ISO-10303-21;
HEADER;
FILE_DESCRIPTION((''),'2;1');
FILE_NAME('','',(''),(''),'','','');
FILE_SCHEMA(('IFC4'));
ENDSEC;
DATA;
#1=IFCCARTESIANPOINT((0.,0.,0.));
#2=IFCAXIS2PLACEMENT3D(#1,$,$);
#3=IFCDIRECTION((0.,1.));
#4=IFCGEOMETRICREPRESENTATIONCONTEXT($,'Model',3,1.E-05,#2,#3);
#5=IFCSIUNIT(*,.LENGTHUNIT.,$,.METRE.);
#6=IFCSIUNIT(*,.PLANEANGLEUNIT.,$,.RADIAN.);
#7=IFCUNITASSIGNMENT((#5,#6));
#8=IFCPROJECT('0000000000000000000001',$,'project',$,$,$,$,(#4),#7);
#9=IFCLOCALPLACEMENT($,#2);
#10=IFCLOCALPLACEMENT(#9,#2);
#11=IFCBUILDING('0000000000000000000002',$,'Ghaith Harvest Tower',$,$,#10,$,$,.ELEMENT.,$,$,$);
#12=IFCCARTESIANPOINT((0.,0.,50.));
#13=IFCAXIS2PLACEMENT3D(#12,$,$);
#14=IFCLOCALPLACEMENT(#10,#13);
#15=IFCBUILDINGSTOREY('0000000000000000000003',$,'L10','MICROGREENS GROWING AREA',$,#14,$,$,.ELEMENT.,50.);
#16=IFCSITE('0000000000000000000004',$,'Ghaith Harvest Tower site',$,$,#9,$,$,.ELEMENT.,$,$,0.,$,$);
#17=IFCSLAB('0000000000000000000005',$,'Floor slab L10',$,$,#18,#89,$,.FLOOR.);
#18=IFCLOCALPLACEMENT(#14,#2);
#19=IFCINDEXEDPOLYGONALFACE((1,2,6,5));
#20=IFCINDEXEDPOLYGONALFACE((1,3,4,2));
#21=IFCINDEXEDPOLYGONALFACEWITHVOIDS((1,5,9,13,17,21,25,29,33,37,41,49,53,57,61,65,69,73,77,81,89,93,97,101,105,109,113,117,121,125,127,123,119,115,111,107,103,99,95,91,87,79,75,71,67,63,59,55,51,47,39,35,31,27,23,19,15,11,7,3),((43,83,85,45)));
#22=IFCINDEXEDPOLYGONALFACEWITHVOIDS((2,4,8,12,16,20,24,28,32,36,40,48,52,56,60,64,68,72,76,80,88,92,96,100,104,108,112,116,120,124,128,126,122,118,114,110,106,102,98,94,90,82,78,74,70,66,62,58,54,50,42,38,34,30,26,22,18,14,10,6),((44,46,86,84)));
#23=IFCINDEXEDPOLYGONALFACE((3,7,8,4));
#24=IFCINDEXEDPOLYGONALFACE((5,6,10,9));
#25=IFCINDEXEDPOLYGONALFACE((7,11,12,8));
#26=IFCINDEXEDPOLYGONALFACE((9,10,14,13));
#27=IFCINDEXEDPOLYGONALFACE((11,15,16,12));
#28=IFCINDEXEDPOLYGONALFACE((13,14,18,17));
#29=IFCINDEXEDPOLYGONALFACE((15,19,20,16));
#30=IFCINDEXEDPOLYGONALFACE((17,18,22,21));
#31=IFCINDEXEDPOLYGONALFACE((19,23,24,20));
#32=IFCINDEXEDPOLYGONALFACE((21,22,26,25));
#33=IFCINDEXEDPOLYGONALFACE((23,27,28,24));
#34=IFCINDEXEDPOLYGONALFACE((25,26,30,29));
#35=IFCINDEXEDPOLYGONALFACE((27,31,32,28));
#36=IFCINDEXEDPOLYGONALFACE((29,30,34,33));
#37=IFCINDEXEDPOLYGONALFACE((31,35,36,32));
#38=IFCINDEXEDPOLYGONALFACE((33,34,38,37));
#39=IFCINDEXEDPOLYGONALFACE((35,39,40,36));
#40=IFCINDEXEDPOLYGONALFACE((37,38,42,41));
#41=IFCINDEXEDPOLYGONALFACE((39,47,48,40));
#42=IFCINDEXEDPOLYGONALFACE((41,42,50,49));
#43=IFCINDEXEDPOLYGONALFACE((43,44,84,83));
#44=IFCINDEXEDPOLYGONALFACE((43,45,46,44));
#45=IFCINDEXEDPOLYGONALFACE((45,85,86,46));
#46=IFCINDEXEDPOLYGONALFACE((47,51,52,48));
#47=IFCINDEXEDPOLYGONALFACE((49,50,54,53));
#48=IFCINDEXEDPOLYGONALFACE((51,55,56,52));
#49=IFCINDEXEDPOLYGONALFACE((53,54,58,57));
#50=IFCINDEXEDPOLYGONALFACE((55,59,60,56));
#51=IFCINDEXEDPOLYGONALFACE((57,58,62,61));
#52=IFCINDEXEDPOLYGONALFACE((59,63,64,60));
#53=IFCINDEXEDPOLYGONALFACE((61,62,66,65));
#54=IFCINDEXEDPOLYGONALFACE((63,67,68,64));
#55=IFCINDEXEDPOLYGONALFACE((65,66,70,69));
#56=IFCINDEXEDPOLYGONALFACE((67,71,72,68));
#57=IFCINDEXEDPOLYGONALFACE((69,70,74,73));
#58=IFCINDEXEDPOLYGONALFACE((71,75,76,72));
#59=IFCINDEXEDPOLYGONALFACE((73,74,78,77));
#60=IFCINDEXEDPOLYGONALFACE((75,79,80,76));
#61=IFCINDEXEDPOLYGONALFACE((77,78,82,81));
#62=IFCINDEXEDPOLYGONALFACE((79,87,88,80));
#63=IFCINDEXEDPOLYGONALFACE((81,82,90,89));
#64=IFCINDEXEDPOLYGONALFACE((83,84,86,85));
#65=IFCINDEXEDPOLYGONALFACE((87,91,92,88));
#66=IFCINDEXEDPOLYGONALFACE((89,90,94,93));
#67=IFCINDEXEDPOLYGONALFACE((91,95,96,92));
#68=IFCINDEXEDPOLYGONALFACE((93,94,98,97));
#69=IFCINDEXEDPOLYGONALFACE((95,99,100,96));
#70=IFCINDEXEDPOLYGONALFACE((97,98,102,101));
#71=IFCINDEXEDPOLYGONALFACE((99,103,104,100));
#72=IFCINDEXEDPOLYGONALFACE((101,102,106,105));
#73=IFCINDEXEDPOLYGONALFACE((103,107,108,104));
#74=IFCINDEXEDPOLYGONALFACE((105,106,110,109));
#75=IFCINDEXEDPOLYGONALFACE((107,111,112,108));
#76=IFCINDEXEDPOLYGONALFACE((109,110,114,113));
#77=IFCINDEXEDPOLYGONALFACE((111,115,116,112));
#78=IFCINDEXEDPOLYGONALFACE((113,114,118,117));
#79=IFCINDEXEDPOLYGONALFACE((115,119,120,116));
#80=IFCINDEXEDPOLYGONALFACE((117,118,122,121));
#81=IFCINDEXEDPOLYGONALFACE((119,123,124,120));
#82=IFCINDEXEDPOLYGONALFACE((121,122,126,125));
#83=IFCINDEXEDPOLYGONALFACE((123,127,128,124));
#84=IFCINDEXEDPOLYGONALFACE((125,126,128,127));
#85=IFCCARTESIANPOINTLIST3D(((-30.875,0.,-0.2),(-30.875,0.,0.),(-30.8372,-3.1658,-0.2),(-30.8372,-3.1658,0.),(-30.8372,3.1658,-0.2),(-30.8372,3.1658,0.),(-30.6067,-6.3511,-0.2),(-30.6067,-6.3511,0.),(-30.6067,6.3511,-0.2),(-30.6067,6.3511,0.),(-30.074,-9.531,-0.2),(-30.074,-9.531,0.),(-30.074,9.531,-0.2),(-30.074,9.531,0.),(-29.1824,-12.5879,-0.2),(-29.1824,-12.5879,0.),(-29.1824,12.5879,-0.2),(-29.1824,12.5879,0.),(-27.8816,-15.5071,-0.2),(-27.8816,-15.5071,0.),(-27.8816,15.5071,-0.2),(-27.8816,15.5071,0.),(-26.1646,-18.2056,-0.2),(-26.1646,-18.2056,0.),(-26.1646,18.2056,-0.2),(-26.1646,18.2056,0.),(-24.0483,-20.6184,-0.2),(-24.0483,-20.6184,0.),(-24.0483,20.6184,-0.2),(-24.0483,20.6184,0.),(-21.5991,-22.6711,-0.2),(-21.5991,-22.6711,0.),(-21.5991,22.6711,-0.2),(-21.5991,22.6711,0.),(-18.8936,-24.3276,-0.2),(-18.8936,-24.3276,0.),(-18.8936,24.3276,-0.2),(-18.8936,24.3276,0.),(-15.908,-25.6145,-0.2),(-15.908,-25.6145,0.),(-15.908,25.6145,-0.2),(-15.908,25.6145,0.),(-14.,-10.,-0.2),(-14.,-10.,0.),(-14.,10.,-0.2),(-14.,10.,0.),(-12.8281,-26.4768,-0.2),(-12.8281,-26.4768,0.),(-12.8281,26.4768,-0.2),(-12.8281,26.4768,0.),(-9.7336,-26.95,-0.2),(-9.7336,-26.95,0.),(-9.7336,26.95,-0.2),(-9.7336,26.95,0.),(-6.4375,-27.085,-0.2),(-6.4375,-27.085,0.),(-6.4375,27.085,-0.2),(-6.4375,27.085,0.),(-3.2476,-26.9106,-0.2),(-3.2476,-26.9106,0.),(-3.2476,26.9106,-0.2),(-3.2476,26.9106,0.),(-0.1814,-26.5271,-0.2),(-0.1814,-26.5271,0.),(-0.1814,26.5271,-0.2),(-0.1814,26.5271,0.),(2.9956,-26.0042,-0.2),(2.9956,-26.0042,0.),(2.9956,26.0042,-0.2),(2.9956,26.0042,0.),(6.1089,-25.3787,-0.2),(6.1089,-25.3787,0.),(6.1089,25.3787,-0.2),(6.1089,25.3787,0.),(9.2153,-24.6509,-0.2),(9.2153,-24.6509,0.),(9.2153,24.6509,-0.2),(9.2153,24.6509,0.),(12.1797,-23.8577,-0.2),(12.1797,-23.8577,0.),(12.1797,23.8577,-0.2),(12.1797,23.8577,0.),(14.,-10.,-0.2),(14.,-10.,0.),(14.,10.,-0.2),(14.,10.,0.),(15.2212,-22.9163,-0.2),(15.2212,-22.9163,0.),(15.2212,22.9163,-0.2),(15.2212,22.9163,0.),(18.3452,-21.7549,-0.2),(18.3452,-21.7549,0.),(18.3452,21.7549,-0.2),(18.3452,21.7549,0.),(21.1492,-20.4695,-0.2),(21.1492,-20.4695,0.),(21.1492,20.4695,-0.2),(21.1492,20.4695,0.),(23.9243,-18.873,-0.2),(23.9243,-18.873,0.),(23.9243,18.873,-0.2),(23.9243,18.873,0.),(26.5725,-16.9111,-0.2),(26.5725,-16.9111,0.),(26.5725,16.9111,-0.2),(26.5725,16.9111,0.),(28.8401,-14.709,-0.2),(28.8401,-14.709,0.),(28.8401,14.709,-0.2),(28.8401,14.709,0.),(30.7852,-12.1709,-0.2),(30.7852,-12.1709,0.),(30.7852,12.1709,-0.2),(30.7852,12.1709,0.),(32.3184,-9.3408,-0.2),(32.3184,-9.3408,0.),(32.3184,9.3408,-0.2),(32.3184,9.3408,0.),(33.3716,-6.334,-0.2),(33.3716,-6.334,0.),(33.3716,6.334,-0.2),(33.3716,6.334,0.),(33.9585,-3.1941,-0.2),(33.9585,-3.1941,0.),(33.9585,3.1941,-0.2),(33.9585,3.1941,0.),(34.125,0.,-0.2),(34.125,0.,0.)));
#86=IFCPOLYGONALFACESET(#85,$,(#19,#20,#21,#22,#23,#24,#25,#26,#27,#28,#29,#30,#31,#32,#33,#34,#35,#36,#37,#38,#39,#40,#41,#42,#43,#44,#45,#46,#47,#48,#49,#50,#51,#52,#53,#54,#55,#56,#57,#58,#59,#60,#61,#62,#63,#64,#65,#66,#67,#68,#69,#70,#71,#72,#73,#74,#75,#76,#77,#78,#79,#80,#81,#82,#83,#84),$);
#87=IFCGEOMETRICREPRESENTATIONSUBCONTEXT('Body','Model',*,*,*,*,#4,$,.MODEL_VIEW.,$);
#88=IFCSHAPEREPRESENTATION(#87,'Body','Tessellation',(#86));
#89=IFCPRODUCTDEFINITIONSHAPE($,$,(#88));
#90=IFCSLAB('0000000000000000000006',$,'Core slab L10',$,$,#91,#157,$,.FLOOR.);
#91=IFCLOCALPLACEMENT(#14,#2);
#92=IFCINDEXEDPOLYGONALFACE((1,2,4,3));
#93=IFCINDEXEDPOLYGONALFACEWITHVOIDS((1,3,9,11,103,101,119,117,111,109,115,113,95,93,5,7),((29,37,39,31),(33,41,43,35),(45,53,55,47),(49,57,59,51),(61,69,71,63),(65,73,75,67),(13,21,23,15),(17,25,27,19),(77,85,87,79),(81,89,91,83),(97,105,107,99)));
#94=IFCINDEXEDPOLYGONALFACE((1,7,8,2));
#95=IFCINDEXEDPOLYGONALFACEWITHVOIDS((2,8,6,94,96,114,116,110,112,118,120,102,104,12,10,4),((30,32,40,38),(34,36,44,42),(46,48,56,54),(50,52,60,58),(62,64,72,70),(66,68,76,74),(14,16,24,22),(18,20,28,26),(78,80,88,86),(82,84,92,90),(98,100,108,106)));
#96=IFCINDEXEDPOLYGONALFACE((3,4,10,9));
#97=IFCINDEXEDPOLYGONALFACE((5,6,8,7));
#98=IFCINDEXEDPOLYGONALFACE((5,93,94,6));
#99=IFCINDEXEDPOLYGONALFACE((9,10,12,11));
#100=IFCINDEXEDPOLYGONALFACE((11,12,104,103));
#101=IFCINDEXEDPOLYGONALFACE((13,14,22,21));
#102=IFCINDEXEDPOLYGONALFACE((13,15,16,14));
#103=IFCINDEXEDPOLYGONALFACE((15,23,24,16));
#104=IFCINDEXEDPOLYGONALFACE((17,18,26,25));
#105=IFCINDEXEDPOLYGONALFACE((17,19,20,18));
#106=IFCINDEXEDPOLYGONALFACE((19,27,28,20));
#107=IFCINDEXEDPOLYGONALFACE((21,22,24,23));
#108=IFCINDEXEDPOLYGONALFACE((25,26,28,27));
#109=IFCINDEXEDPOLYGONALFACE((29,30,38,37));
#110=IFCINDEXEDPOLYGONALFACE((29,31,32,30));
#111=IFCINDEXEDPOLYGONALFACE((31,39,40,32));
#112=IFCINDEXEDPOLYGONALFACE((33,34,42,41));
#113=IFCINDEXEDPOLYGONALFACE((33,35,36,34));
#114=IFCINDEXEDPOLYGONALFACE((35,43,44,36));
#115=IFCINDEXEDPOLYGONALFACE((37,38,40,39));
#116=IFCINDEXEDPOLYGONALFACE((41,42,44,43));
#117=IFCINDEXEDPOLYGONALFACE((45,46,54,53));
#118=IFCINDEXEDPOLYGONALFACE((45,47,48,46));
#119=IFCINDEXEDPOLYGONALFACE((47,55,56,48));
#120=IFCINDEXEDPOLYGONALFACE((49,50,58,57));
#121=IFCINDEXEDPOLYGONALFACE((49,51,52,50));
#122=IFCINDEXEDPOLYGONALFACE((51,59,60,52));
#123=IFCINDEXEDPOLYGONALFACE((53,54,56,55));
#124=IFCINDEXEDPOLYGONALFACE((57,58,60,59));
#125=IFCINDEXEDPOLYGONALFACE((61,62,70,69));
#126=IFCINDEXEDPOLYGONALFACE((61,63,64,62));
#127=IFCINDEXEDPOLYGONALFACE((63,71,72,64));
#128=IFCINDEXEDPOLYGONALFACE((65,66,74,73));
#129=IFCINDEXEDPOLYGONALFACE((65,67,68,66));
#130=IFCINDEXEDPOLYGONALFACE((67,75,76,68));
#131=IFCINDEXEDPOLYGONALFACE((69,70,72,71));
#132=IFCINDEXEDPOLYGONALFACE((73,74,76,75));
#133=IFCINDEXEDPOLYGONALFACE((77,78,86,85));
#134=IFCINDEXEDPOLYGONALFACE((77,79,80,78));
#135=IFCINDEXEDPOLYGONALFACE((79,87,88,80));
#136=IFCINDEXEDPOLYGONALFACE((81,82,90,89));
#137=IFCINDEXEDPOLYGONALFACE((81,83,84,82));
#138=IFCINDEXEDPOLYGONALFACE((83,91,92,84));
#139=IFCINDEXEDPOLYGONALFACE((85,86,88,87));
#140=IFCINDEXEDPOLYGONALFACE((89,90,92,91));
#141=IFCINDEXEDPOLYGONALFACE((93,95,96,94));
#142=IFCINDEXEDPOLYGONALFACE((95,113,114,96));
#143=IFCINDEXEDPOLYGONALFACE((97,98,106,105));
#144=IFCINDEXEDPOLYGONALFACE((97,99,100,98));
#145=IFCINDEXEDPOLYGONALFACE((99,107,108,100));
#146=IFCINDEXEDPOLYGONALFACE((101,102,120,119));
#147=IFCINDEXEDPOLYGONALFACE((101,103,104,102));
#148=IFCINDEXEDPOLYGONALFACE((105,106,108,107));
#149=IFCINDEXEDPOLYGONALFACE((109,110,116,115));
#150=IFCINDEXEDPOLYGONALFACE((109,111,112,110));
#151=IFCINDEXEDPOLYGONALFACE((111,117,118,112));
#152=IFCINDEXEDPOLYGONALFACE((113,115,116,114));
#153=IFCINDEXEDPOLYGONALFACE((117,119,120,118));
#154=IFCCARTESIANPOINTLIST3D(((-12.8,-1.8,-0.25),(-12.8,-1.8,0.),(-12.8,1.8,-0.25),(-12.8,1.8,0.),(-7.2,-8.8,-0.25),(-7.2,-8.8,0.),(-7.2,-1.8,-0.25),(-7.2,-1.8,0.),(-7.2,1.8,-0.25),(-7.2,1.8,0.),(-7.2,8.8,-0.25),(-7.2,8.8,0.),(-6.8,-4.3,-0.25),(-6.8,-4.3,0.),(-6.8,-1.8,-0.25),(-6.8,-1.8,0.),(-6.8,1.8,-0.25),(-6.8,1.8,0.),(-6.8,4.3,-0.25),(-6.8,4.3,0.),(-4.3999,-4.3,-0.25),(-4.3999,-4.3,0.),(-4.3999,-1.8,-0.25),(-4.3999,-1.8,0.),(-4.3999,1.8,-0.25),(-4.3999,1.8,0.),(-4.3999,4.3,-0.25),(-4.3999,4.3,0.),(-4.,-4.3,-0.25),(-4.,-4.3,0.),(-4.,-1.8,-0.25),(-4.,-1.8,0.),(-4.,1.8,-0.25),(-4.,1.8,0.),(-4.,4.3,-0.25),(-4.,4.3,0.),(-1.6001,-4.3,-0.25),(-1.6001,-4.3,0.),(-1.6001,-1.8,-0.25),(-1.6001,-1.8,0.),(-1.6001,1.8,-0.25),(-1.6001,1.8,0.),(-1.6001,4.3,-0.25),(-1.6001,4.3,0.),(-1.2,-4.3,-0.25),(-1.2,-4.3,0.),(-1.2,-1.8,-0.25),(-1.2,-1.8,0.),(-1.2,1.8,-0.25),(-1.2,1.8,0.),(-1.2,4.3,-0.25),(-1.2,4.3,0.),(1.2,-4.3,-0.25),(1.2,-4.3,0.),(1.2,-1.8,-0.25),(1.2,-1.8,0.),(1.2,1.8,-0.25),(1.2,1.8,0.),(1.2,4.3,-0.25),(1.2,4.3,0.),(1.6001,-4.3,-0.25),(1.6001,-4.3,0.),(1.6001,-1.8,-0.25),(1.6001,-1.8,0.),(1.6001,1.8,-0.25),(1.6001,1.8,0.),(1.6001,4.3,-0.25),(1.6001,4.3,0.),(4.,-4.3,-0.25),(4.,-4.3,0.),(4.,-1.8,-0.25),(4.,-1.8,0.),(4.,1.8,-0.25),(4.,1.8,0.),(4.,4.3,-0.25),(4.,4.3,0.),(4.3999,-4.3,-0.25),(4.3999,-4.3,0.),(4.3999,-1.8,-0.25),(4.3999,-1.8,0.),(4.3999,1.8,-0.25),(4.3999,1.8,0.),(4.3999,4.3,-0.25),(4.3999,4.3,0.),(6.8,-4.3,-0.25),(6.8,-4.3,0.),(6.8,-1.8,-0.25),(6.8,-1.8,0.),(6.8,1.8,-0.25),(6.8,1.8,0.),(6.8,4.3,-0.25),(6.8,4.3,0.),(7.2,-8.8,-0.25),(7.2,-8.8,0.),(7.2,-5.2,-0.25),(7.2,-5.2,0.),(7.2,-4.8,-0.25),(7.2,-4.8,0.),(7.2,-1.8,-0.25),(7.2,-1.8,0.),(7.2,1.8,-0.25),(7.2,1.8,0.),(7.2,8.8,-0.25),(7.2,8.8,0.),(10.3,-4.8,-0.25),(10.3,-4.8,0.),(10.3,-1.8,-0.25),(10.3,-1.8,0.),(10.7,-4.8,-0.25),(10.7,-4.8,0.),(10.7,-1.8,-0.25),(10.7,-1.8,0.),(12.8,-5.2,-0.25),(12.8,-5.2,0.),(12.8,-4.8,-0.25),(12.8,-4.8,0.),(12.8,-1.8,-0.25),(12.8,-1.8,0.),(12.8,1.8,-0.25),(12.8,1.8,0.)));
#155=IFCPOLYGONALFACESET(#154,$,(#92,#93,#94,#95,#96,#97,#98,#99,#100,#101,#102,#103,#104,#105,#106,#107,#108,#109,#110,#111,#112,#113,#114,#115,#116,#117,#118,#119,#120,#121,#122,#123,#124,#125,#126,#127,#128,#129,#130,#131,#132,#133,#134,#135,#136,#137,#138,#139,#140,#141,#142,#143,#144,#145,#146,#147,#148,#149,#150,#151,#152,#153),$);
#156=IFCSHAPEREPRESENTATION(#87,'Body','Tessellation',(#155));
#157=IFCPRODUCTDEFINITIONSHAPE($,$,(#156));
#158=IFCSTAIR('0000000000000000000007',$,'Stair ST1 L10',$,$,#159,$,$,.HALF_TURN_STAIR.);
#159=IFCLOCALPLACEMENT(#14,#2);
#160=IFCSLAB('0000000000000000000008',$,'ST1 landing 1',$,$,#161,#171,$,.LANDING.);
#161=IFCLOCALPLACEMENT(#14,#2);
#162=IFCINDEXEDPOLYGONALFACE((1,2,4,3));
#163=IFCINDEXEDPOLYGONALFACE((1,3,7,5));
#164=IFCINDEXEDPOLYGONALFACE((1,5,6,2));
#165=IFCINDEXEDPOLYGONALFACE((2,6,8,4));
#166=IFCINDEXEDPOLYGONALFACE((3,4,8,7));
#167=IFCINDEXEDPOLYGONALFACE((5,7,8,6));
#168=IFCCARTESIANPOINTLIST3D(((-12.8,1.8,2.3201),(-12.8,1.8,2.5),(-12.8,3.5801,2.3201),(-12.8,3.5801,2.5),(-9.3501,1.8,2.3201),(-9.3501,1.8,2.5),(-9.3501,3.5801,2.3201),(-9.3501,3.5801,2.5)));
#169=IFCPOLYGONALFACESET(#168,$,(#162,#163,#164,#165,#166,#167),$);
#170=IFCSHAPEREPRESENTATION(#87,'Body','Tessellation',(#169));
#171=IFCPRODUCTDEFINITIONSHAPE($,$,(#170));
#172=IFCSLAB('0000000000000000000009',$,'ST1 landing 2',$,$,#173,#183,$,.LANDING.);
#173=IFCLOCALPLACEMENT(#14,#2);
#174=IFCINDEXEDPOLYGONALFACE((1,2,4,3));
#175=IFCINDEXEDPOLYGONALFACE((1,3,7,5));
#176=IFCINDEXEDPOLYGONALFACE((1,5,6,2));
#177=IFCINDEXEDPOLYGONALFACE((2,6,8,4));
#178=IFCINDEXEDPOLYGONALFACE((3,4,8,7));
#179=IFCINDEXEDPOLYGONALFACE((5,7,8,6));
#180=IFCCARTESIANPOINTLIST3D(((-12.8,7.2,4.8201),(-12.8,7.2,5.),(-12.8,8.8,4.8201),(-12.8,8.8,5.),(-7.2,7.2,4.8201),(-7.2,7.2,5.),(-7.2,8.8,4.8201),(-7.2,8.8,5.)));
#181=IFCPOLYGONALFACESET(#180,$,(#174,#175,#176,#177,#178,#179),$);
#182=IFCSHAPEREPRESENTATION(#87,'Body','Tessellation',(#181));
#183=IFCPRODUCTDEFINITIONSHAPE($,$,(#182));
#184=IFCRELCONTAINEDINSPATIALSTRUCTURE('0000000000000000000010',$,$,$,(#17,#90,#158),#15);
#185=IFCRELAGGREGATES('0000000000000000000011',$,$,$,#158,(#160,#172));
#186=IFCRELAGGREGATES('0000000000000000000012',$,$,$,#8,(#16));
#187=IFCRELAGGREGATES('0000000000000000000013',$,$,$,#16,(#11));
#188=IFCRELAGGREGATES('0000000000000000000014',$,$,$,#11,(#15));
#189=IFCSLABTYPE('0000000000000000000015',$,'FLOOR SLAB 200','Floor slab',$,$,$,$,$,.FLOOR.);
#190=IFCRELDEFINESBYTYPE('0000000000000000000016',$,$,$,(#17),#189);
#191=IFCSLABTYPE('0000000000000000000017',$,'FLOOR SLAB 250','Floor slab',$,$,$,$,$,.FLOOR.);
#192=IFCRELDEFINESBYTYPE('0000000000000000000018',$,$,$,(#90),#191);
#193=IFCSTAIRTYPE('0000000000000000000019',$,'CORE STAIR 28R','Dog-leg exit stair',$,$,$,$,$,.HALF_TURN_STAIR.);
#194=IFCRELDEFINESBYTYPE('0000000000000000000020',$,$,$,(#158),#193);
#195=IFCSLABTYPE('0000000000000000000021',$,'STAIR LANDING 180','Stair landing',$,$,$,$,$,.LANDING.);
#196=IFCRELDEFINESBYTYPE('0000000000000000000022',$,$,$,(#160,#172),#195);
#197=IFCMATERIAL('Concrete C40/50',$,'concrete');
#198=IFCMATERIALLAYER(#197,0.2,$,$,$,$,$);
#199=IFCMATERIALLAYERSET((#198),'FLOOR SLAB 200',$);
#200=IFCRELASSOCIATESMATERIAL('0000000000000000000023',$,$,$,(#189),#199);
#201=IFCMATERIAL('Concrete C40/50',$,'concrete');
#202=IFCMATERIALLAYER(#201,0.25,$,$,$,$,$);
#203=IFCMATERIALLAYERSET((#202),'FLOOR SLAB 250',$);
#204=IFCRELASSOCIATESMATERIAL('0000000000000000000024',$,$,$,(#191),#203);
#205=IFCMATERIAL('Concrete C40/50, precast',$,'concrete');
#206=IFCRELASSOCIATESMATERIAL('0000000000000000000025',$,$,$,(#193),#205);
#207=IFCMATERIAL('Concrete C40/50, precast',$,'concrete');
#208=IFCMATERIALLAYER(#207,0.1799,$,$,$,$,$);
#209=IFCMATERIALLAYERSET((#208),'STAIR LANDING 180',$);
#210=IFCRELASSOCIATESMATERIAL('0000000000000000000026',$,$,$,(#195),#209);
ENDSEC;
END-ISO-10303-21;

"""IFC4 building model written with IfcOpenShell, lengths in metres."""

from ifc_helpers import new_model, si_unit, direction, frame, origin, place, context, subcontext, project, spatial, polyline, outline, extrude, material, layer, layer_set, type_object, element, aggregate, save


model = new_model("IFC4")

# Units and contexts
model_context = context("Model", 3, precision=1e-05, world=origin(), true_north=direction((0.0, 1.0)))
body_context = subcontext(model_context, "Body", "Model", "MODEL_VIEW")
ifc_project = project(units=[si_unit("LENGTHUNIT", "METRE"), si_unit("PLANEANGLEUNIT", "RADIAN")], contexts=[model_context])

# Site, building, storey
site_placement = place(None, origin())
site = spatial("IfcSite", under=ifc_project, at=site_placement, Name="Ghaith Harvest Tower site", CompositionType="ELEMENT", RefElevation=0.0)
building_placement = place(site_placement, origin())
building = spatial("IfcBuilding", under=site, at=building_placement, Name="Ghaith Harvest Tower", CompositionType="ELEMENT")
storey_placement = place(building_placement, frame((0.0, 0.0, 50.0)))
storey = spatial("IfcBuildingStorey", under=building, at=storey_placement, Name="L10", Description="MICROGREENS GROWING AREA", CompositionType="ELEMENT", Elevation=50.0)

# Slabs
ifc_material_1 = material(Name="Concrete C40/50", Category="concrete")
ifc_layer_1 = layer(ifc_material_1, 0.2)
ifc_layer_set_1 = layer_set([ifc_layer_1], Name="FLOOR SLAB 200")
slab_type_1 = type_object("IfcSlabType", Name="FLOOR SLAB 200", Description="Floor slab", PredefinedType="FLOOR", material=ifc_layer_set_1)
slab_1_placement = place(storey_placement, frame((0.0, 0.0, -0.2)))
element("IfcSlab", 1, at=slab_1_placement, inside=storey, type_object=slab_type_1, Name="Floor slab L10", PredefinedType="FLOOR", context=body_context, shape_type="SweptSolid", body=[
    extrude(outline(polyline([(34.125, 0.0), (33.9585, 3.1941), (33.3716, 6.334), (32.3184, 9.3408), (30.7852, 12.1709), (28.8401, 14.709), (26.5725, 16.9111), (23.9243, 18.873), (21.1492, 20.4695), (18.3452, 21.7549), (15.2212, 22.9163), (12.1797, 23.8577), (9.2153, 24.6509), (6.1089, 25.3787), (2.9956, 26.0042), (-0.1814, 26.5271), (-3.2476, 26.9106), (-6.4375, 27.085), (-9.7336, 26.95), (-12.8281, 26.4768), (-15.908, 25.6145), (-18.8936, 24.3276), (-21.5991, 22.6711), (-24.0483, 20.6184), (-26.1646, 18.2056), (-27.8816, 15.5071), (-29.1824, 12.5879), (-30.074, 9.531), (-30.6067, 6.3511), (-30.8372, 3.1658), (-30.875, 0.0), (-30.8372, -3.1658), (-30.6067, -6.3511), (-30.074, -9.531), (-29.1824, -12.5879), (-27.8816, -15.5071), (-26.1646, -18.2056), (-24.0483, -20.6184), (-21.5991, -22.6711), (-18.8936, -24.3276), (-15.908, -25.6145), (-12.8281, -26.4768), (-9.7336, -26.95), (-6.4375, -27.085), (-3.2476, -26.9106), (-0.1814, -26.5271), (2.9956, -26.0042), (6.1089, -25.3787), (9.2153, -24.6509), (12.1797, -23.8577), (15.2212, -22.9163), (18.3452, -21.7549), (21.1492, -20.4695), (23.9243, -18.873), (26.5725, -16.9111), (28.8401, -14.709), (30.7852, -12.1709), (32.3184, -9.3408), (33.3716, -6.334), (33.9585, -3.1941), (34.125, 0.0)]), holes=[polyline([(-14.0, -10.0), (14.0, -10.0), (14.0, 10.0), (-14.0, 10.0), (-14.0, -10.0)])]), origin(), (0.0, 0.0, 1.0), 0.2),
])
ifc_material_2 = material(Name="Concrete C40/50", Category="concrete")
ifc_layer_2 = layer(ifc_material_2, 0.25)
ifc_layer_set_2 = layer_set([ifc_layer_2], Name="FLOOR SLAB 250")
slab_type_2 = type_object("IfcSlabType", Name="FLOOR SLAB 250", Description="Floor slab", PredefinedType="FLOOR", material=ifc_layer_set_2)
slab_2_placement = place(storey_placement, frame((0.0, 0.0, -0.25)))
element("IfcSlab", 2, at=slab_2_placement, inside=storey, type_object=slab_type_2, Name="Core slab L10", PredefinedType="FLOOR", context=body_context, shape_type="SweptSolid", body=[
    extrude(outline(polyline([(-12.8, 1.8), (-7.2, 1.8), (-7.2, 8.8), (7.2, 8.8), (7.2, 1.8), (12.8, 1.8), (12.8, -1.8), (10.7, -1.8), (10.7, -4.8), (12.8, -4.8), (12.8, -5.2), (7.2, -5.2), (7.2, -8.8), (-7.2, -8.8), (-7.2, -1.8), (-12.8, -1.8), (-12.8, 1.8)]), holes=[polyline([(-4.3999, -4.3), (-4.3999, -1.8), (-6.8, -1.8), (-6.8, -4.3), (-4.3999, -4.3)]), polyline([(-1.6001, -4.3), (-1.6001, -1.8), (-4.0, -1.8), (-4.0, -4.3), (-1.6001, -4.3)]), polyline([(1.2, -4.3), (1.2, -1.8), (-1.2, -1.8), (-1.2, -4.3), (1.2, -4.3)]), polyline([(-4.3999, 1.8), (-4.3999, 4.3), (-6.8, 4.3), (-6.8, 1.8), (-4.3999, 1.8)]), polyline([(-1.6001, 1.8), (-1.6001, 4.3), (-4.0, 4.3), (-4.0, 1.8), (-1.6001, 1.8)]), polyline([(1.2, 1.8), (1.2, 4.3), (-1.2, 4.3), (-1.2, 1.8), (1.2, 1.8)]), polyline([(10.3, -4.8), (10.3, -1.8), (7.2, -1.8), (7.2, -4.8), (10.3, -4.8)]), polyline([(4.0, -4.3), (4.0, -1.8), (1.6001, -1.8), (1.6001, -4.3), (4.0, -4.3)]), polyline([(6.8, -4.3), (6.8, -1.8), (4.3999, -1.8), (4.3999, -4.3), (6.8, -4.3)]), polyline([(4.0, 1.8), (4.0, 4.3), (1.6001, 4.3), (1.6001, 1.8), (4.0, 1.8)]), polyline([(6.8, 1.8), (6.8, 4.3), (4.3999, 4.3), (4.3999, 1.8), (6.8, 1.8)])]), origin(), (0.0, 0.0, 1.0), 0.25),
])

# Stair, slabs
ifc_material_3 = material(Name="Concrete C40/50, precast", Category="concrete")
stair_type = type_object("IfcStairType", Name="CORE STAIR 28R", Description="Dog-leg exit stair", PredefinedType="HALF_TURN_STAIR", material=ifc_material_3)
stair_1_placement = place(storey_placement, origin())
stair_1 = element("IfcStair", 3, at=stair_1_placement, inside=storey, type_object=stair_type, Name="Stair ST1 L10", PredefinedType="HALF_TURN_STAIR")
ifc_material_4 = material(Name="Concrete C40/50, precast", Category="concrete")
ifc_layer_3 = layer(ifc_material_4, 0.1799)
ifc_layer_set_3 = layer_set([ifc_layer_3], Name="STAIR LANDING 180")
slab_type_3 = type_object("IfcSlabType", Name="STAIR LANDING 180", Description="Stair landing", PredefinedType="LANDING", material=ifc_layer_set_3)
slab_3_placement = place(storey_placement, frame((0.0, 0.0, 2.3201)))
slab_3 = element("IfcSlab", 4, at=slab_3_placement, type_object=slab_type_3, Name="ST1 landing 1", PredefinedType="LANDING", context=body_context, shape_type="SweptSolid", body=[
    extrude(outline(polyline([(-12.8, 3.5801), (-12.8, 1.8), (-9.3501, 1.8), (-9.3501, 3.5801), (-12.8, 3.5801)])), origin(), (0.0, 0.0, 1.0), 0.1799),
])
slab_4_placement = place(storey_placement, frame((0.0, 0.0, 4.8201)))
slab_4 = element("IfcSlab", 5, at=slab_4_placement, type_object=slab_type_3, Name="ST1 landing 2", PredefinedType="LANDING", context=body_context, shape_type="SweptSolid", body=[
    extrude(outline(polyline([(-12.8, 8.8), (-12.8, 7.2), (-7.2, 7.2), (-7.2, 8.8), (-12.8, 8.8)])), origin(), (0.0, 0.0, 1.0), 0.1799),
])
aggregate(stair_1, [slab_3, slab_4])

save(model, "model.ifc")
